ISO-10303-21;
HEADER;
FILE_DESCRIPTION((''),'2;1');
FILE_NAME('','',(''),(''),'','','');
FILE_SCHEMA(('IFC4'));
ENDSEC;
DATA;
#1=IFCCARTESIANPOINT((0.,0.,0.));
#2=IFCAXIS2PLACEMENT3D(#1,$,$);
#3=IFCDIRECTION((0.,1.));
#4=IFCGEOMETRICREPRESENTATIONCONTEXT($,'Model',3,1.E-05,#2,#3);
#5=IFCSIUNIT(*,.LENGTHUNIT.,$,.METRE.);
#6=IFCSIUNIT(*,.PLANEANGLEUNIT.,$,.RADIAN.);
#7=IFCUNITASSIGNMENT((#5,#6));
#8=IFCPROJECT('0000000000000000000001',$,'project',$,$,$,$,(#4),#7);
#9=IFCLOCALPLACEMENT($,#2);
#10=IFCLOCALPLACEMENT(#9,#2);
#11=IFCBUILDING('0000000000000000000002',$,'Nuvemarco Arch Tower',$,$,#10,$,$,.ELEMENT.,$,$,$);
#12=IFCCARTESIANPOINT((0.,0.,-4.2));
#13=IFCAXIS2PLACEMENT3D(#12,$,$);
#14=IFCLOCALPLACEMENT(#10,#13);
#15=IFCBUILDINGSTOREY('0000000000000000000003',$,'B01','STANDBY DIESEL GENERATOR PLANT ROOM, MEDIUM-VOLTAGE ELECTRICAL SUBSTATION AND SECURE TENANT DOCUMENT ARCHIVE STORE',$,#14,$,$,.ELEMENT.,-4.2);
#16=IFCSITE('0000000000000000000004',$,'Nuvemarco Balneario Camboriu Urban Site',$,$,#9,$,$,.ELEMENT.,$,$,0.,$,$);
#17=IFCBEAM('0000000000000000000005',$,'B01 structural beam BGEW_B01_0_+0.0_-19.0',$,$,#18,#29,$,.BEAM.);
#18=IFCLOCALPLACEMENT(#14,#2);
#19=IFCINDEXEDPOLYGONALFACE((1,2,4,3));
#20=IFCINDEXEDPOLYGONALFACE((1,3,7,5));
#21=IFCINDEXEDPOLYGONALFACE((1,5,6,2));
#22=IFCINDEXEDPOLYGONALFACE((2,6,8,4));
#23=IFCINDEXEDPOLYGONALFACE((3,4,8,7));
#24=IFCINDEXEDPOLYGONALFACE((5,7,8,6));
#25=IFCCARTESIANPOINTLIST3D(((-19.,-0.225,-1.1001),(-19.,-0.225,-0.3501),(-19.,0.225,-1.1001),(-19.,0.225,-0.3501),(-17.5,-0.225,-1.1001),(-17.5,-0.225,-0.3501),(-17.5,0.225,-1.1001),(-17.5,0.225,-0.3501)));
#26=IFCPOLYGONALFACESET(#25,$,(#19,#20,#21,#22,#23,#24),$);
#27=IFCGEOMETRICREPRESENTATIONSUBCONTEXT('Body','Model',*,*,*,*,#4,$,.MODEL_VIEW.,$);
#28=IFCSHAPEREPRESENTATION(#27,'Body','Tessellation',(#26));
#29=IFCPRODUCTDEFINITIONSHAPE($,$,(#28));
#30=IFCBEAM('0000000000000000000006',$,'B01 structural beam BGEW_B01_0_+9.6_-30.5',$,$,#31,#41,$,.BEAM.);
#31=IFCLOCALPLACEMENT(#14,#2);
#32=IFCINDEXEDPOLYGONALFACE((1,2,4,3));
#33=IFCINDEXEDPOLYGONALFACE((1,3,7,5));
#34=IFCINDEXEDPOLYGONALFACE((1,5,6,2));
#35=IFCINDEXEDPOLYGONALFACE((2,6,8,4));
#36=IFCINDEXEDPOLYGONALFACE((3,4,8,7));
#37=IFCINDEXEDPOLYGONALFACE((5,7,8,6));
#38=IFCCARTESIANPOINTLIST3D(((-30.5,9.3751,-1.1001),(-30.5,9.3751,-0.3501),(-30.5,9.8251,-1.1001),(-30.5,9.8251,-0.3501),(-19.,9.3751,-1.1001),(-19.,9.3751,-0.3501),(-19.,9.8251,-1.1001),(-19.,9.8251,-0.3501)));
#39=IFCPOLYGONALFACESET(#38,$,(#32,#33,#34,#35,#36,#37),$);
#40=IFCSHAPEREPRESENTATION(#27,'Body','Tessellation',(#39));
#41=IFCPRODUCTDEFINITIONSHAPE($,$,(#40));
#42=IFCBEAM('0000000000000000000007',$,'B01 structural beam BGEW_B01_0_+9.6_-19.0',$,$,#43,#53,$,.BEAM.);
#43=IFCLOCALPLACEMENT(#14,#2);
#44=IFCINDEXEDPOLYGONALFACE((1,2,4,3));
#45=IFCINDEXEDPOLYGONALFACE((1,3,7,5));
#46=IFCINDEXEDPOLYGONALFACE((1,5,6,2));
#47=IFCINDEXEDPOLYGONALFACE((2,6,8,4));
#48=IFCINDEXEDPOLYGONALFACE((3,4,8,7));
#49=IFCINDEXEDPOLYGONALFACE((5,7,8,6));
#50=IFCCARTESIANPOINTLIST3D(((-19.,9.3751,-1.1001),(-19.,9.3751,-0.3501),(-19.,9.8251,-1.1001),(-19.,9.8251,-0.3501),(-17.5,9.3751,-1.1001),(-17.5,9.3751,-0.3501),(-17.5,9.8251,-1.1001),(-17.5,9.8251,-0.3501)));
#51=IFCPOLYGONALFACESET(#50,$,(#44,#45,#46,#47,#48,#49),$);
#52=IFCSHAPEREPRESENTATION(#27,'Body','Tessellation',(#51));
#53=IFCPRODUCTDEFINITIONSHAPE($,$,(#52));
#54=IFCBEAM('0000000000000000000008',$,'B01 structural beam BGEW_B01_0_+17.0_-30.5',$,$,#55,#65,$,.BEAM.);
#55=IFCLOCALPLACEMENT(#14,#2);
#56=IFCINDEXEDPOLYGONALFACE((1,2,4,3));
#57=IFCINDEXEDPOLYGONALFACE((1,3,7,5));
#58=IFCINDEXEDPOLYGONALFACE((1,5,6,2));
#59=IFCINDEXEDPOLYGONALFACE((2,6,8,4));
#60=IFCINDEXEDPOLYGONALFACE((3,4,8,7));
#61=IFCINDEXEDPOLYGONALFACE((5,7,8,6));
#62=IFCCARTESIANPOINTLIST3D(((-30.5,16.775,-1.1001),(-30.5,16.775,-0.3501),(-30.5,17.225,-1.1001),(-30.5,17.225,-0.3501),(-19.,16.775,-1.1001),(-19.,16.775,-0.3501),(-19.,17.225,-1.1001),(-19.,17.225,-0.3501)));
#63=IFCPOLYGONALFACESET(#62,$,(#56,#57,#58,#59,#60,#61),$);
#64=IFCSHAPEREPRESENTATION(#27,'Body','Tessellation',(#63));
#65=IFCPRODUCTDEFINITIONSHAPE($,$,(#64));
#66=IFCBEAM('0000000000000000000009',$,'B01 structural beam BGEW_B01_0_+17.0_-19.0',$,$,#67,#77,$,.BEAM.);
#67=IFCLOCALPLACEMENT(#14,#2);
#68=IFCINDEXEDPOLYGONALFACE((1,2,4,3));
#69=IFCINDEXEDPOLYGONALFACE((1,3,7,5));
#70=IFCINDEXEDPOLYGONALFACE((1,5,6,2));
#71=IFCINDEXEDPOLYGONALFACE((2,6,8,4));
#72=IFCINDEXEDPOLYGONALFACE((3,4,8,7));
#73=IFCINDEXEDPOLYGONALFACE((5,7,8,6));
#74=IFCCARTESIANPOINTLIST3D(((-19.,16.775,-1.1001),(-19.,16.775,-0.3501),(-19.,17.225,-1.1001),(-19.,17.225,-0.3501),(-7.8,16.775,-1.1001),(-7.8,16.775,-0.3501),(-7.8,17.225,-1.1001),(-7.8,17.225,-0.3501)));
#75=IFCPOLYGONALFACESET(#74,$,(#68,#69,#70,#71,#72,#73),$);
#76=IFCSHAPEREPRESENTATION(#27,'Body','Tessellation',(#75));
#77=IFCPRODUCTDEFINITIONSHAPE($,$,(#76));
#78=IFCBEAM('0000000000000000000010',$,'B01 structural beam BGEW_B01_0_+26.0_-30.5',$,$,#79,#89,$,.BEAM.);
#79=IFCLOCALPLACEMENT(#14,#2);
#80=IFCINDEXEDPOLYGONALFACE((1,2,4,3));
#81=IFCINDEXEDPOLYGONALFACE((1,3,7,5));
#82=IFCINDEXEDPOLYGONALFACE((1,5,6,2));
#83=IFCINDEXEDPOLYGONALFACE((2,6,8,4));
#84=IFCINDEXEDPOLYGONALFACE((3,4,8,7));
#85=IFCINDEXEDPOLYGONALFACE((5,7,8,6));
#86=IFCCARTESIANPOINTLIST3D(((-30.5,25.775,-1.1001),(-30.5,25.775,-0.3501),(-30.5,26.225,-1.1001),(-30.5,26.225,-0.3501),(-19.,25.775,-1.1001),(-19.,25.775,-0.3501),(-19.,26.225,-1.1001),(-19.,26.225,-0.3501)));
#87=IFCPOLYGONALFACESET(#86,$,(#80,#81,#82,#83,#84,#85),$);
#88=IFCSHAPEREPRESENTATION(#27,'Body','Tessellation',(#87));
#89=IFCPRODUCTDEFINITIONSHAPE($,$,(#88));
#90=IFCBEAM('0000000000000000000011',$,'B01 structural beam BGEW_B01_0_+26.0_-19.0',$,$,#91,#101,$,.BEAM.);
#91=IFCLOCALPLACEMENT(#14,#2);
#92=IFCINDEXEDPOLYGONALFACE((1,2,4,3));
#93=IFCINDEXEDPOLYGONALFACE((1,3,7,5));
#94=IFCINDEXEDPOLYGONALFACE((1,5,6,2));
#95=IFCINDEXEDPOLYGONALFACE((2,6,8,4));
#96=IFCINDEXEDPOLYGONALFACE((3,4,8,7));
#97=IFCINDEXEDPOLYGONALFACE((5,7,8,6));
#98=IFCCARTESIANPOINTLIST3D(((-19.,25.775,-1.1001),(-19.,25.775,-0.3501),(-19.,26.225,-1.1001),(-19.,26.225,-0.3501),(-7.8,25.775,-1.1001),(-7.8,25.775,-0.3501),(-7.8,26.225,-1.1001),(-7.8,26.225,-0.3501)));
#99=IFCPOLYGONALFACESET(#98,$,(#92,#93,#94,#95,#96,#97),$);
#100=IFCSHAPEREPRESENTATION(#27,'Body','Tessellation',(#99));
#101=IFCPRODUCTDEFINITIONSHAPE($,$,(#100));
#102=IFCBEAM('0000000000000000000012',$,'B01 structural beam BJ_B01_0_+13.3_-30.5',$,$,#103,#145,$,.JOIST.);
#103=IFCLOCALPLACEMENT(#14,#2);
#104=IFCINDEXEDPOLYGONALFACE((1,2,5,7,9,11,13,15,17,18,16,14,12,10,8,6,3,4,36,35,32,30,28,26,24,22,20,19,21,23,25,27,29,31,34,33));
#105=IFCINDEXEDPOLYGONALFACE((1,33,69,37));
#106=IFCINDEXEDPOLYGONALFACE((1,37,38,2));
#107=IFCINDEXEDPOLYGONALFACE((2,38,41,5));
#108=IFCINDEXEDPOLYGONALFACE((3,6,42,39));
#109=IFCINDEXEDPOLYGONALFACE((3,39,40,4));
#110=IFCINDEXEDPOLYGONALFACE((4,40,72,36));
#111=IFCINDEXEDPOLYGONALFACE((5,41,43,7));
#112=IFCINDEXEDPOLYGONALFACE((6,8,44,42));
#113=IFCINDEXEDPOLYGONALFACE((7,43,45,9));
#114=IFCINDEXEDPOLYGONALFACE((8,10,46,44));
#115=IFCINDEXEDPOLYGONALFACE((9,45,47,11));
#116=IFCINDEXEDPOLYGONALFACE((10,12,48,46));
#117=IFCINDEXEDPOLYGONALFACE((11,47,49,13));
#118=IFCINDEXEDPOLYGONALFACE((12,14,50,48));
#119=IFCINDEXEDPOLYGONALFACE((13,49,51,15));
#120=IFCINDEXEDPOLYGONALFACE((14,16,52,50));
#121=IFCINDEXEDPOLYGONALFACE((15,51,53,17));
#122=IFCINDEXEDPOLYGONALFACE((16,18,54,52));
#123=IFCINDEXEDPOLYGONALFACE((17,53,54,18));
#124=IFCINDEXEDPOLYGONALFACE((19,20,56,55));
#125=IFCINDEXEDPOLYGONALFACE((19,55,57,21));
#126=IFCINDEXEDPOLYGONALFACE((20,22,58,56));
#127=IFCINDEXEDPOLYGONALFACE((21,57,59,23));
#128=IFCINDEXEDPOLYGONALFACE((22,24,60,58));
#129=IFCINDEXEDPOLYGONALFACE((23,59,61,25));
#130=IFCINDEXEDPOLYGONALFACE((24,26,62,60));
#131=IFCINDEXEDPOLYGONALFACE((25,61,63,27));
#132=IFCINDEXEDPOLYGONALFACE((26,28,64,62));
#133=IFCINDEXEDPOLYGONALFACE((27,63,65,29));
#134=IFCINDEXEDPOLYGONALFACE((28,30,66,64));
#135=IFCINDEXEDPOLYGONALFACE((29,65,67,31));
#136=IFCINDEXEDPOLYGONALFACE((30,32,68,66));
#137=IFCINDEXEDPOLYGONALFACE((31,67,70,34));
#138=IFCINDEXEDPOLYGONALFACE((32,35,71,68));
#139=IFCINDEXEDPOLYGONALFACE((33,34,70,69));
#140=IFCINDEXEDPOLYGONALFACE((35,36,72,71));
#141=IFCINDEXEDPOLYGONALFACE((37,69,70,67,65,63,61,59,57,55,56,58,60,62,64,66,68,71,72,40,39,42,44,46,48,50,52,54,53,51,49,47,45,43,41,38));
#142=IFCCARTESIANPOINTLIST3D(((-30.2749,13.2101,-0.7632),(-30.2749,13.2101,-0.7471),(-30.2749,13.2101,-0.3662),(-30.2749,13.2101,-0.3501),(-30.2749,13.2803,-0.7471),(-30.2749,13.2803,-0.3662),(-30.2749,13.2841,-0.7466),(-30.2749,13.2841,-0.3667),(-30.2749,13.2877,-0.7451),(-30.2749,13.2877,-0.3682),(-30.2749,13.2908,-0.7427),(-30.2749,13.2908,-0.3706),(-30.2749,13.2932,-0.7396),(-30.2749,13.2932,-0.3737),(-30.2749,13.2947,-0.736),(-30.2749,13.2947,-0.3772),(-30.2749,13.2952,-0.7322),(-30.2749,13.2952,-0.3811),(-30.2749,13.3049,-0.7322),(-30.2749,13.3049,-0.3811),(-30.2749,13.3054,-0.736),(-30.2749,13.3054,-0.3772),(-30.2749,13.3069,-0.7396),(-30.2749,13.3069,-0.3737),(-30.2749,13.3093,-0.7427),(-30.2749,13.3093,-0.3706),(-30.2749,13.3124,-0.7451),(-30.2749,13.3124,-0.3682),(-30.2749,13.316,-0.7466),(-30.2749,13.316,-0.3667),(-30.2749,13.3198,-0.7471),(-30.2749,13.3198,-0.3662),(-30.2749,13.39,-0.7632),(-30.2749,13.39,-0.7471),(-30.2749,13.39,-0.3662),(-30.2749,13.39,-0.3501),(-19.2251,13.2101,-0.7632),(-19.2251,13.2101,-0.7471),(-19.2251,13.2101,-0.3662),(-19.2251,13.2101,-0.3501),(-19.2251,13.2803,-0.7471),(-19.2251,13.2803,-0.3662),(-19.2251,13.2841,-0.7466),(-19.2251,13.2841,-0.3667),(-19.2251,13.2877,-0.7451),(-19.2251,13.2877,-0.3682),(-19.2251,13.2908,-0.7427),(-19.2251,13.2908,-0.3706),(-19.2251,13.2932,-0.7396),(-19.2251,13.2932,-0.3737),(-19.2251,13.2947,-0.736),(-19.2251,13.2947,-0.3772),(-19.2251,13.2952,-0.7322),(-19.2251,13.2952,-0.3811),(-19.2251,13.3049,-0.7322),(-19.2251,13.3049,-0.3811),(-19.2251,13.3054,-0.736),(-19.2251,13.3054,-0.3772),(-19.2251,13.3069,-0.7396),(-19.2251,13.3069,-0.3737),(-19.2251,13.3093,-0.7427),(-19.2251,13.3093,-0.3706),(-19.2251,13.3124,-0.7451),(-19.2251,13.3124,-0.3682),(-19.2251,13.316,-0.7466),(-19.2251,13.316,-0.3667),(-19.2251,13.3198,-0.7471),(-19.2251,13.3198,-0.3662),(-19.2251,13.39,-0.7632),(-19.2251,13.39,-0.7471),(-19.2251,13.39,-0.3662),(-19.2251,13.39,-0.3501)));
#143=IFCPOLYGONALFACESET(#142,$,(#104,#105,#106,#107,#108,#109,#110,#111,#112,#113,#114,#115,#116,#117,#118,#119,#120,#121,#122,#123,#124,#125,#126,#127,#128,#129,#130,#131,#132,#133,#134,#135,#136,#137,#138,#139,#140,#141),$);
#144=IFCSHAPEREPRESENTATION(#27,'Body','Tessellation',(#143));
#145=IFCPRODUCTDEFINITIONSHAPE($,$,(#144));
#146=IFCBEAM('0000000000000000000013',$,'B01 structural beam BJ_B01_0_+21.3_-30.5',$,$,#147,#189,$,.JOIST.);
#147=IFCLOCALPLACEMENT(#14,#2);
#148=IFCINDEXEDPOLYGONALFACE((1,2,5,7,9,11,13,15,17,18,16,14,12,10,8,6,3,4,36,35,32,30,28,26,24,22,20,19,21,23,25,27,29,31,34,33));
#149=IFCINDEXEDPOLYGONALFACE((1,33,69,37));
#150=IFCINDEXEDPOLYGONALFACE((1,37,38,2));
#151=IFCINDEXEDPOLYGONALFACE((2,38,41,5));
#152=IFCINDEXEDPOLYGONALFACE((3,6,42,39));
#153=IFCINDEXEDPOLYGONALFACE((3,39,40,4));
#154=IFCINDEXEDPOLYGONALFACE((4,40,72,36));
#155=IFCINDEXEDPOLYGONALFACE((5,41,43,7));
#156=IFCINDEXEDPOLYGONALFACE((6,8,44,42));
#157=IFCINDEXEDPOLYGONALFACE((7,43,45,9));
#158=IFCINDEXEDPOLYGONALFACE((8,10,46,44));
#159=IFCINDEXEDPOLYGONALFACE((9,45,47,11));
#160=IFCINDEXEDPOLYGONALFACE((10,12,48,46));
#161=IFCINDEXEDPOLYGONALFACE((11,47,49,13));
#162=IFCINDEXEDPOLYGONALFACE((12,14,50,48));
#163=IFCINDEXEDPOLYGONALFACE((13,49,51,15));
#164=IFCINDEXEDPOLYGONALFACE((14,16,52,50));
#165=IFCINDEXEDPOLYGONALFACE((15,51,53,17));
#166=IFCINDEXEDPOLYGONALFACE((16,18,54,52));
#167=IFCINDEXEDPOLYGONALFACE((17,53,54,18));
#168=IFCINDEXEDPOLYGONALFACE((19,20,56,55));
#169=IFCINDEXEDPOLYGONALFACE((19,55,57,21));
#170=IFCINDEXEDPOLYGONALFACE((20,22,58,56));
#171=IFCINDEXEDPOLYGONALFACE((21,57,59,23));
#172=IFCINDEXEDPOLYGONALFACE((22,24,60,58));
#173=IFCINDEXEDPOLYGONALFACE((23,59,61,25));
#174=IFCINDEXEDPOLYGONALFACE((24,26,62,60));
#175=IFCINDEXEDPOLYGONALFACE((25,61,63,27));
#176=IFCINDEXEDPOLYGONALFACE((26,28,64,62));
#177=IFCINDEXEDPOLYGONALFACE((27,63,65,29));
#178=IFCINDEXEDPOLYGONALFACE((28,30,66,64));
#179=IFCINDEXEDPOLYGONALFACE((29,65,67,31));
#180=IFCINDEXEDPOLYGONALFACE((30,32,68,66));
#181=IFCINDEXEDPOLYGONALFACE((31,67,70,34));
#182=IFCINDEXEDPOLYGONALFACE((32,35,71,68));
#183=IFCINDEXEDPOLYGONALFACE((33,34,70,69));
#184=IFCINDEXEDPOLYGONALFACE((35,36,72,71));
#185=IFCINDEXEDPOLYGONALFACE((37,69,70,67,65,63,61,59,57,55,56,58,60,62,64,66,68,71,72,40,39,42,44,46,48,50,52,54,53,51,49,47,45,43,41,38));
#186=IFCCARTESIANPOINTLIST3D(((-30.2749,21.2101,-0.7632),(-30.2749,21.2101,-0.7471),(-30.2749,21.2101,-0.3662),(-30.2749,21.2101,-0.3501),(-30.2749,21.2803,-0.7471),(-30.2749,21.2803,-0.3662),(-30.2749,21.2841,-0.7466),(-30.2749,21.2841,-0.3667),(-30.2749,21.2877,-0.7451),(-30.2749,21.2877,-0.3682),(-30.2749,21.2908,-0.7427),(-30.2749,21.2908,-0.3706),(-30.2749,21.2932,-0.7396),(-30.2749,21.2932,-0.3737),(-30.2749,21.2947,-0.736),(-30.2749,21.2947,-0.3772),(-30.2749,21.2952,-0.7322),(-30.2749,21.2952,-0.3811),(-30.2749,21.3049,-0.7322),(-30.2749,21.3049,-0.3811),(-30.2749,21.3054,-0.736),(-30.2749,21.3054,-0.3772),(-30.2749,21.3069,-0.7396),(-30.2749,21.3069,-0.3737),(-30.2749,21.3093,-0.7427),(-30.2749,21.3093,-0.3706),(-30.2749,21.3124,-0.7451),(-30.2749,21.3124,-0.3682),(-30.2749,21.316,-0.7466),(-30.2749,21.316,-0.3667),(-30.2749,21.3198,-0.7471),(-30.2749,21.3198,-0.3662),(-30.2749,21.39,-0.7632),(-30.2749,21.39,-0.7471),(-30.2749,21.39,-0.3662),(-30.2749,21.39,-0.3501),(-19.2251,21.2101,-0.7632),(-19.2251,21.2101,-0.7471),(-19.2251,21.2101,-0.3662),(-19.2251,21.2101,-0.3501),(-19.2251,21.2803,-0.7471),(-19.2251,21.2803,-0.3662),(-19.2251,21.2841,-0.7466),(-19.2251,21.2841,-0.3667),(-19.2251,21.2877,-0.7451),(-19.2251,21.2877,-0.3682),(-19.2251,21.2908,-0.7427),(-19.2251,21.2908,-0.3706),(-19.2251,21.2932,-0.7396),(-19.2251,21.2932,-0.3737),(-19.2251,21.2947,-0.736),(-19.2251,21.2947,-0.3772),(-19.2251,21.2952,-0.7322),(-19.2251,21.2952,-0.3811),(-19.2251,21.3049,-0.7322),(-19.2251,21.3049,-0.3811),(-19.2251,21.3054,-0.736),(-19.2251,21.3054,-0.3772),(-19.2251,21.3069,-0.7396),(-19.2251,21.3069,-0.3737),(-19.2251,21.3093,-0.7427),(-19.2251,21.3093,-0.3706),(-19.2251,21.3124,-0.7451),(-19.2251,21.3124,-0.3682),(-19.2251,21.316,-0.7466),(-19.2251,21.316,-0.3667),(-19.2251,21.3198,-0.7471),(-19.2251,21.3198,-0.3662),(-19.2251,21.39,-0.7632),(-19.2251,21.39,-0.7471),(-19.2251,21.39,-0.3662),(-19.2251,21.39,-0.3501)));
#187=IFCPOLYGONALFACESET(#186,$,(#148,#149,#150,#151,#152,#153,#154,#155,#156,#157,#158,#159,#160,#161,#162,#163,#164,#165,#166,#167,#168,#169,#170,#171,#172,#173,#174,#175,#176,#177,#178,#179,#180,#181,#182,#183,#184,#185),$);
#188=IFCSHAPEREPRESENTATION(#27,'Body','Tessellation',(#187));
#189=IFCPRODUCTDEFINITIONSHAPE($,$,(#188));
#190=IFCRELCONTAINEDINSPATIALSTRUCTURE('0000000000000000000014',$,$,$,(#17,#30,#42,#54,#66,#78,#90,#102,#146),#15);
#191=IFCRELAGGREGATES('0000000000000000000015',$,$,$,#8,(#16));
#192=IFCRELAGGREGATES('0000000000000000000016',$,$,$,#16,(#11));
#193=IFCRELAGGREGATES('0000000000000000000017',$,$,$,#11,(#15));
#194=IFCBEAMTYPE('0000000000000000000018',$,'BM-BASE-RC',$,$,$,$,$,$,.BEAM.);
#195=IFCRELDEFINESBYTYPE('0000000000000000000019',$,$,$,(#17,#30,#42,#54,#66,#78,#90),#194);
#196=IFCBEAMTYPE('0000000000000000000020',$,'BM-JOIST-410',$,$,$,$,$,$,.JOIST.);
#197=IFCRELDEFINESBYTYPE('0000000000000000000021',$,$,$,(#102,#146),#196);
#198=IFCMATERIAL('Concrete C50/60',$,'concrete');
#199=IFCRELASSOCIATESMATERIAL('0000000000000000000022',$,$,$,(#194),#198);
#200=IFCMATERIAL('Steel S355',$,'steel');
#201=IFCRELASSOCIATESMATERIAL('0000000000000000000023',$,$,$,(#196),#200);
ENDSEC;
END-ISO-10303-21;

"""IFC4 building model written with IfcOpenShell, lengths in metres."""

from ifc_helpers import new_model, si_unit, direction, frame, origin, origin_2d, place, context, subcontext, project, spatial, rectangle, i_section, extrude, material, material_profile, profile_set, type_object, element, save


model = new_model("IFC4")

# Units and contexts
model_context = context("Model", 3, precision=1e-05, world=origin(), true_north=direction((0.0, 1.0)))
body_context = subcontext(model_context, "Body", "Model", "MODEL_VIEW")
ifc_project = project(units=[si_unit("LENGTHUNIT", "METRE"), si_unit("PLANEANGLEUNIT", "RADIAN")], contexts=[model_context])

# Site, building, storey
site_placement = place(None, origin())
site = spatial("IfcSite", under=ifc_project, at=site_placement, Name="Nuvemarco Balneario Camboriu Urban Site", CompositionType="ELEMENT", RefElevation=0.0)
building_placement = place(site_placement, origin())
building = spatial("IfcBuilding", under=site, at=building_placement, Name="Nuvemarco Arch Tower", CompositionType="ELEMENT")
storey_placement = place(building_placement, frame((0.0, 0.0, -4.2)))
storey = spatial("IfcBuildingStorey", under=building, at=storey_placement, Name="B01", Description="STANDBY DIESEL GENERATOR PLANT ROOM, MEDIUM-VOLTAGE ELECTRICAL SUBSTATION AND SECURE TENANT DOCUMENT ARCHIVE STORE", CompositionType="ELEMENT", Elevation=-4.2)

# Beams
ifc_material_1 = material(Name="Concrete C50/60", Category="concrete")
ifc_material_profile_1 = material_profile(ifc_material_1, rectangle(XDim=0.45, YDim=0.75, at=origin_2d()), Name="RC-BM-450x750")
ifc_profile_set_1 = profile_set([ifc_material_profile_1], Name="Concrete C50/60")
beam_type_1 = type_object("IfcBeamType", Name="BM-BASE-RC", PredefinedType="BEAM", material=ifc_profile_set_1)
beam_1_placement = place(storey_placement, frame((-19.0, 0.0, -0.7251), z_axis=(1.0, 0.0, 0.0), x_axis=(0.0, 1.0, 0.0)))
element("IfcBeam", 1, at=beam_1_placement, inside=storey, type_object=beam_type_1, Name="B01 structural beam BGEW_B01_0_+0.0_-19.0", PredefinedType="BEAM", context=body_context, shape_type="SweptSolid", body=[
    extrude(rectangle(XDim=0.45, YDim=0.75, at=origin_2d()), origin(), (0.0, 0.0, 1.0), 1.5),
])
beam_2_placement = place(storey_placement, frame((-30.5, 9.6001, -0.7251), z_axis=(1.0, 0.0, 0.0), x_axis=(0.0, 1.0, 0.0)))
element("IfcBeam", 2, at=beam_2_placement, inside=storey, type_object=beam_type_1, Name="B01 structural beam BGEW_B01_0_+9.6_-30.5", PredefinedType="BEAM", context=body_context, shape_type="SweptSolid", body=[
    extrude(rectangle(XDim=0.45, YDim=0.75, at=origin_2d()), origin(), (0.0, 0.0, 1.0), 11.5),
])
beam_3_placement = place(storey_placement, frame((-19.0, 9.6001, -0.7251), z_axis=(1.0, 0.0, 0.0), x_axis=(0.0, 1.0, 0.0)))
element("IfcBeam", 3, at=beam_3_placement, inside=storey, type_object=beam_type_1, Name="B01 structural beam BGEW_B01_0_+9.6_-19.0", PredefinedType="BEAM", context=body_context, shape_type="SweptSolid", body=[
    extrude(rectangle(XDim=0.45, YDim=0.75, at=origin_2d()), origin(), (0.0, 0.0, 1.0), 1.5),
])
beam_4_placement = place(storey_placement, frame((-30.5, 17.0, -0.7251), z_axis=(1.0, 0.0, 0.0), x_axis=(0.0, 1.0, 0.0)))
element("IfcBeam", 4, at=beam_4_placement, inside=storey, type_object=beam_type_1, Name="B01 structural beam BGEW_B01_0_+17.0_-30.5", PredefinedType="BEAM", context=body_context, shape_type="SweptSolid", body=[
    extrude(rectangle(XDim=0.45, YDim=0.75, at=origin_2d()), origin(), (0.0, 0.0, 1.0), 11.5),
])
beam_5_placement = place(storey_placement, frame((-19.0, 17.0, -0.7251), z_axis=(1.0, 0.0, 0.0), x_axis=(0.0, 1.0, 0.0)))
element("IfcBeam", 5, at=beam_5_placement, inside=storey, type_object=beam_type_1, Name="B01 structural beam BGEW_B01_0_+17.0_-19.0", PredefinedType="BEAM", context=body_context, shape_type="SweptSolid", body=[
    extrude(rectangle(XDim=0.45, YDim=0.75, at=origin_2d()), origin(), (0.0, 0.0, 1.0), 11.2),
])
beam_6_placement = place(storey_placement, frame((-30.5, 26.0, -0.7251), z_axis=(1.0, 0.0, 0.0), x_axis=(0.0, 1.0, 0.0)))
element("IfcBeam", 6, at=beam_6_placement, inside=storey, type_object=beam_type_1, Name="B01 structural beam BGEW_B01_0_+26.0_-30.5", PredefinedType="BEAM", context=body_context, shape_type="SweptSolid", body=[
    extrude(rectangle(XDim=0.45, YDim=0.75, at=origin_2d()), origin(), (0.0, 0.0, 1.0), 11.5),
])
beam_7_placement = place(storey_placement, frame((-19.0, 26.0, -0.7251), z_axis=(1.0, 0.0, 0.0), x_axis=(0.0, 1.0, 0.0)))
element("IfcBeam", 7, at=beam_7_placement, inside=storey, type_object=beam_type_1, Name="B01 structural beam BGEW_B01_0_+26.0_-19.0", PredefinedType="BEAM", context=body_context, shape_type="SweptSolid", body=[
    extrude(rectangle(XDim=0.45, YDim=0.75, at=origin_2d()), origin(), (0.0, 0.0, 1.0), 11.2),
])
ifc_material_2 = material(Name="Steel S355", Category="steel")
ifc_material_profile_2 = material_profile(ifc_material_2, i_section(OverallWidth=0.1799, OverallDepth=0.4131, WebThickness=0.0098, FlangeThickness=0.0161, FilletRadius=0.0149, at=origin_2d()), Name="W410x75")
ifc_profile_set_2 = profile_set([ifc_material_profile_2], Name="Steel S355")
beam_type_2 = type_object("IfcBeamType", Name="BM-JOIST-410", PredefinedType="JOIST", material=ifc_profile_set_2)
for number, where, z_axis, x_axis, name in (
    (8, (-30.2749, 13.3, -0.5566), (1.0, 0.0, 0.0), (0.0, 1.0, 0.0), "B01 structural beam BJ_B01_0_+13.3_-30.5"),
    (9, (-30.2749, 21.3, -0.5566), (1.0, 0.0, 0.0), (0.0, 1.0, 0.0), "B01 structural beam BJ_B01_0_+21.3_-30.5"),
):
    element("IfcBeam", number, at=place(storey_placement, frame(where, z_axis=z_axis, x_axis=x_axis)), inside=storey, type_object=beam_type_2, Name=name, PredefinedType="JOIST", context=body_context, shape_type="SweptSolid", body=[
        extrude(i_section(OverallWidth=0.1799, OverallDepth=0.4131, WebThickness=0.0098, FlangeThickness=0.0161, FilletRadius=0.0149, at=origin_2d()), origin(), (0.0, 0.0, 1.0), 11.0498),
    ])

save(model, "model.ifc")
